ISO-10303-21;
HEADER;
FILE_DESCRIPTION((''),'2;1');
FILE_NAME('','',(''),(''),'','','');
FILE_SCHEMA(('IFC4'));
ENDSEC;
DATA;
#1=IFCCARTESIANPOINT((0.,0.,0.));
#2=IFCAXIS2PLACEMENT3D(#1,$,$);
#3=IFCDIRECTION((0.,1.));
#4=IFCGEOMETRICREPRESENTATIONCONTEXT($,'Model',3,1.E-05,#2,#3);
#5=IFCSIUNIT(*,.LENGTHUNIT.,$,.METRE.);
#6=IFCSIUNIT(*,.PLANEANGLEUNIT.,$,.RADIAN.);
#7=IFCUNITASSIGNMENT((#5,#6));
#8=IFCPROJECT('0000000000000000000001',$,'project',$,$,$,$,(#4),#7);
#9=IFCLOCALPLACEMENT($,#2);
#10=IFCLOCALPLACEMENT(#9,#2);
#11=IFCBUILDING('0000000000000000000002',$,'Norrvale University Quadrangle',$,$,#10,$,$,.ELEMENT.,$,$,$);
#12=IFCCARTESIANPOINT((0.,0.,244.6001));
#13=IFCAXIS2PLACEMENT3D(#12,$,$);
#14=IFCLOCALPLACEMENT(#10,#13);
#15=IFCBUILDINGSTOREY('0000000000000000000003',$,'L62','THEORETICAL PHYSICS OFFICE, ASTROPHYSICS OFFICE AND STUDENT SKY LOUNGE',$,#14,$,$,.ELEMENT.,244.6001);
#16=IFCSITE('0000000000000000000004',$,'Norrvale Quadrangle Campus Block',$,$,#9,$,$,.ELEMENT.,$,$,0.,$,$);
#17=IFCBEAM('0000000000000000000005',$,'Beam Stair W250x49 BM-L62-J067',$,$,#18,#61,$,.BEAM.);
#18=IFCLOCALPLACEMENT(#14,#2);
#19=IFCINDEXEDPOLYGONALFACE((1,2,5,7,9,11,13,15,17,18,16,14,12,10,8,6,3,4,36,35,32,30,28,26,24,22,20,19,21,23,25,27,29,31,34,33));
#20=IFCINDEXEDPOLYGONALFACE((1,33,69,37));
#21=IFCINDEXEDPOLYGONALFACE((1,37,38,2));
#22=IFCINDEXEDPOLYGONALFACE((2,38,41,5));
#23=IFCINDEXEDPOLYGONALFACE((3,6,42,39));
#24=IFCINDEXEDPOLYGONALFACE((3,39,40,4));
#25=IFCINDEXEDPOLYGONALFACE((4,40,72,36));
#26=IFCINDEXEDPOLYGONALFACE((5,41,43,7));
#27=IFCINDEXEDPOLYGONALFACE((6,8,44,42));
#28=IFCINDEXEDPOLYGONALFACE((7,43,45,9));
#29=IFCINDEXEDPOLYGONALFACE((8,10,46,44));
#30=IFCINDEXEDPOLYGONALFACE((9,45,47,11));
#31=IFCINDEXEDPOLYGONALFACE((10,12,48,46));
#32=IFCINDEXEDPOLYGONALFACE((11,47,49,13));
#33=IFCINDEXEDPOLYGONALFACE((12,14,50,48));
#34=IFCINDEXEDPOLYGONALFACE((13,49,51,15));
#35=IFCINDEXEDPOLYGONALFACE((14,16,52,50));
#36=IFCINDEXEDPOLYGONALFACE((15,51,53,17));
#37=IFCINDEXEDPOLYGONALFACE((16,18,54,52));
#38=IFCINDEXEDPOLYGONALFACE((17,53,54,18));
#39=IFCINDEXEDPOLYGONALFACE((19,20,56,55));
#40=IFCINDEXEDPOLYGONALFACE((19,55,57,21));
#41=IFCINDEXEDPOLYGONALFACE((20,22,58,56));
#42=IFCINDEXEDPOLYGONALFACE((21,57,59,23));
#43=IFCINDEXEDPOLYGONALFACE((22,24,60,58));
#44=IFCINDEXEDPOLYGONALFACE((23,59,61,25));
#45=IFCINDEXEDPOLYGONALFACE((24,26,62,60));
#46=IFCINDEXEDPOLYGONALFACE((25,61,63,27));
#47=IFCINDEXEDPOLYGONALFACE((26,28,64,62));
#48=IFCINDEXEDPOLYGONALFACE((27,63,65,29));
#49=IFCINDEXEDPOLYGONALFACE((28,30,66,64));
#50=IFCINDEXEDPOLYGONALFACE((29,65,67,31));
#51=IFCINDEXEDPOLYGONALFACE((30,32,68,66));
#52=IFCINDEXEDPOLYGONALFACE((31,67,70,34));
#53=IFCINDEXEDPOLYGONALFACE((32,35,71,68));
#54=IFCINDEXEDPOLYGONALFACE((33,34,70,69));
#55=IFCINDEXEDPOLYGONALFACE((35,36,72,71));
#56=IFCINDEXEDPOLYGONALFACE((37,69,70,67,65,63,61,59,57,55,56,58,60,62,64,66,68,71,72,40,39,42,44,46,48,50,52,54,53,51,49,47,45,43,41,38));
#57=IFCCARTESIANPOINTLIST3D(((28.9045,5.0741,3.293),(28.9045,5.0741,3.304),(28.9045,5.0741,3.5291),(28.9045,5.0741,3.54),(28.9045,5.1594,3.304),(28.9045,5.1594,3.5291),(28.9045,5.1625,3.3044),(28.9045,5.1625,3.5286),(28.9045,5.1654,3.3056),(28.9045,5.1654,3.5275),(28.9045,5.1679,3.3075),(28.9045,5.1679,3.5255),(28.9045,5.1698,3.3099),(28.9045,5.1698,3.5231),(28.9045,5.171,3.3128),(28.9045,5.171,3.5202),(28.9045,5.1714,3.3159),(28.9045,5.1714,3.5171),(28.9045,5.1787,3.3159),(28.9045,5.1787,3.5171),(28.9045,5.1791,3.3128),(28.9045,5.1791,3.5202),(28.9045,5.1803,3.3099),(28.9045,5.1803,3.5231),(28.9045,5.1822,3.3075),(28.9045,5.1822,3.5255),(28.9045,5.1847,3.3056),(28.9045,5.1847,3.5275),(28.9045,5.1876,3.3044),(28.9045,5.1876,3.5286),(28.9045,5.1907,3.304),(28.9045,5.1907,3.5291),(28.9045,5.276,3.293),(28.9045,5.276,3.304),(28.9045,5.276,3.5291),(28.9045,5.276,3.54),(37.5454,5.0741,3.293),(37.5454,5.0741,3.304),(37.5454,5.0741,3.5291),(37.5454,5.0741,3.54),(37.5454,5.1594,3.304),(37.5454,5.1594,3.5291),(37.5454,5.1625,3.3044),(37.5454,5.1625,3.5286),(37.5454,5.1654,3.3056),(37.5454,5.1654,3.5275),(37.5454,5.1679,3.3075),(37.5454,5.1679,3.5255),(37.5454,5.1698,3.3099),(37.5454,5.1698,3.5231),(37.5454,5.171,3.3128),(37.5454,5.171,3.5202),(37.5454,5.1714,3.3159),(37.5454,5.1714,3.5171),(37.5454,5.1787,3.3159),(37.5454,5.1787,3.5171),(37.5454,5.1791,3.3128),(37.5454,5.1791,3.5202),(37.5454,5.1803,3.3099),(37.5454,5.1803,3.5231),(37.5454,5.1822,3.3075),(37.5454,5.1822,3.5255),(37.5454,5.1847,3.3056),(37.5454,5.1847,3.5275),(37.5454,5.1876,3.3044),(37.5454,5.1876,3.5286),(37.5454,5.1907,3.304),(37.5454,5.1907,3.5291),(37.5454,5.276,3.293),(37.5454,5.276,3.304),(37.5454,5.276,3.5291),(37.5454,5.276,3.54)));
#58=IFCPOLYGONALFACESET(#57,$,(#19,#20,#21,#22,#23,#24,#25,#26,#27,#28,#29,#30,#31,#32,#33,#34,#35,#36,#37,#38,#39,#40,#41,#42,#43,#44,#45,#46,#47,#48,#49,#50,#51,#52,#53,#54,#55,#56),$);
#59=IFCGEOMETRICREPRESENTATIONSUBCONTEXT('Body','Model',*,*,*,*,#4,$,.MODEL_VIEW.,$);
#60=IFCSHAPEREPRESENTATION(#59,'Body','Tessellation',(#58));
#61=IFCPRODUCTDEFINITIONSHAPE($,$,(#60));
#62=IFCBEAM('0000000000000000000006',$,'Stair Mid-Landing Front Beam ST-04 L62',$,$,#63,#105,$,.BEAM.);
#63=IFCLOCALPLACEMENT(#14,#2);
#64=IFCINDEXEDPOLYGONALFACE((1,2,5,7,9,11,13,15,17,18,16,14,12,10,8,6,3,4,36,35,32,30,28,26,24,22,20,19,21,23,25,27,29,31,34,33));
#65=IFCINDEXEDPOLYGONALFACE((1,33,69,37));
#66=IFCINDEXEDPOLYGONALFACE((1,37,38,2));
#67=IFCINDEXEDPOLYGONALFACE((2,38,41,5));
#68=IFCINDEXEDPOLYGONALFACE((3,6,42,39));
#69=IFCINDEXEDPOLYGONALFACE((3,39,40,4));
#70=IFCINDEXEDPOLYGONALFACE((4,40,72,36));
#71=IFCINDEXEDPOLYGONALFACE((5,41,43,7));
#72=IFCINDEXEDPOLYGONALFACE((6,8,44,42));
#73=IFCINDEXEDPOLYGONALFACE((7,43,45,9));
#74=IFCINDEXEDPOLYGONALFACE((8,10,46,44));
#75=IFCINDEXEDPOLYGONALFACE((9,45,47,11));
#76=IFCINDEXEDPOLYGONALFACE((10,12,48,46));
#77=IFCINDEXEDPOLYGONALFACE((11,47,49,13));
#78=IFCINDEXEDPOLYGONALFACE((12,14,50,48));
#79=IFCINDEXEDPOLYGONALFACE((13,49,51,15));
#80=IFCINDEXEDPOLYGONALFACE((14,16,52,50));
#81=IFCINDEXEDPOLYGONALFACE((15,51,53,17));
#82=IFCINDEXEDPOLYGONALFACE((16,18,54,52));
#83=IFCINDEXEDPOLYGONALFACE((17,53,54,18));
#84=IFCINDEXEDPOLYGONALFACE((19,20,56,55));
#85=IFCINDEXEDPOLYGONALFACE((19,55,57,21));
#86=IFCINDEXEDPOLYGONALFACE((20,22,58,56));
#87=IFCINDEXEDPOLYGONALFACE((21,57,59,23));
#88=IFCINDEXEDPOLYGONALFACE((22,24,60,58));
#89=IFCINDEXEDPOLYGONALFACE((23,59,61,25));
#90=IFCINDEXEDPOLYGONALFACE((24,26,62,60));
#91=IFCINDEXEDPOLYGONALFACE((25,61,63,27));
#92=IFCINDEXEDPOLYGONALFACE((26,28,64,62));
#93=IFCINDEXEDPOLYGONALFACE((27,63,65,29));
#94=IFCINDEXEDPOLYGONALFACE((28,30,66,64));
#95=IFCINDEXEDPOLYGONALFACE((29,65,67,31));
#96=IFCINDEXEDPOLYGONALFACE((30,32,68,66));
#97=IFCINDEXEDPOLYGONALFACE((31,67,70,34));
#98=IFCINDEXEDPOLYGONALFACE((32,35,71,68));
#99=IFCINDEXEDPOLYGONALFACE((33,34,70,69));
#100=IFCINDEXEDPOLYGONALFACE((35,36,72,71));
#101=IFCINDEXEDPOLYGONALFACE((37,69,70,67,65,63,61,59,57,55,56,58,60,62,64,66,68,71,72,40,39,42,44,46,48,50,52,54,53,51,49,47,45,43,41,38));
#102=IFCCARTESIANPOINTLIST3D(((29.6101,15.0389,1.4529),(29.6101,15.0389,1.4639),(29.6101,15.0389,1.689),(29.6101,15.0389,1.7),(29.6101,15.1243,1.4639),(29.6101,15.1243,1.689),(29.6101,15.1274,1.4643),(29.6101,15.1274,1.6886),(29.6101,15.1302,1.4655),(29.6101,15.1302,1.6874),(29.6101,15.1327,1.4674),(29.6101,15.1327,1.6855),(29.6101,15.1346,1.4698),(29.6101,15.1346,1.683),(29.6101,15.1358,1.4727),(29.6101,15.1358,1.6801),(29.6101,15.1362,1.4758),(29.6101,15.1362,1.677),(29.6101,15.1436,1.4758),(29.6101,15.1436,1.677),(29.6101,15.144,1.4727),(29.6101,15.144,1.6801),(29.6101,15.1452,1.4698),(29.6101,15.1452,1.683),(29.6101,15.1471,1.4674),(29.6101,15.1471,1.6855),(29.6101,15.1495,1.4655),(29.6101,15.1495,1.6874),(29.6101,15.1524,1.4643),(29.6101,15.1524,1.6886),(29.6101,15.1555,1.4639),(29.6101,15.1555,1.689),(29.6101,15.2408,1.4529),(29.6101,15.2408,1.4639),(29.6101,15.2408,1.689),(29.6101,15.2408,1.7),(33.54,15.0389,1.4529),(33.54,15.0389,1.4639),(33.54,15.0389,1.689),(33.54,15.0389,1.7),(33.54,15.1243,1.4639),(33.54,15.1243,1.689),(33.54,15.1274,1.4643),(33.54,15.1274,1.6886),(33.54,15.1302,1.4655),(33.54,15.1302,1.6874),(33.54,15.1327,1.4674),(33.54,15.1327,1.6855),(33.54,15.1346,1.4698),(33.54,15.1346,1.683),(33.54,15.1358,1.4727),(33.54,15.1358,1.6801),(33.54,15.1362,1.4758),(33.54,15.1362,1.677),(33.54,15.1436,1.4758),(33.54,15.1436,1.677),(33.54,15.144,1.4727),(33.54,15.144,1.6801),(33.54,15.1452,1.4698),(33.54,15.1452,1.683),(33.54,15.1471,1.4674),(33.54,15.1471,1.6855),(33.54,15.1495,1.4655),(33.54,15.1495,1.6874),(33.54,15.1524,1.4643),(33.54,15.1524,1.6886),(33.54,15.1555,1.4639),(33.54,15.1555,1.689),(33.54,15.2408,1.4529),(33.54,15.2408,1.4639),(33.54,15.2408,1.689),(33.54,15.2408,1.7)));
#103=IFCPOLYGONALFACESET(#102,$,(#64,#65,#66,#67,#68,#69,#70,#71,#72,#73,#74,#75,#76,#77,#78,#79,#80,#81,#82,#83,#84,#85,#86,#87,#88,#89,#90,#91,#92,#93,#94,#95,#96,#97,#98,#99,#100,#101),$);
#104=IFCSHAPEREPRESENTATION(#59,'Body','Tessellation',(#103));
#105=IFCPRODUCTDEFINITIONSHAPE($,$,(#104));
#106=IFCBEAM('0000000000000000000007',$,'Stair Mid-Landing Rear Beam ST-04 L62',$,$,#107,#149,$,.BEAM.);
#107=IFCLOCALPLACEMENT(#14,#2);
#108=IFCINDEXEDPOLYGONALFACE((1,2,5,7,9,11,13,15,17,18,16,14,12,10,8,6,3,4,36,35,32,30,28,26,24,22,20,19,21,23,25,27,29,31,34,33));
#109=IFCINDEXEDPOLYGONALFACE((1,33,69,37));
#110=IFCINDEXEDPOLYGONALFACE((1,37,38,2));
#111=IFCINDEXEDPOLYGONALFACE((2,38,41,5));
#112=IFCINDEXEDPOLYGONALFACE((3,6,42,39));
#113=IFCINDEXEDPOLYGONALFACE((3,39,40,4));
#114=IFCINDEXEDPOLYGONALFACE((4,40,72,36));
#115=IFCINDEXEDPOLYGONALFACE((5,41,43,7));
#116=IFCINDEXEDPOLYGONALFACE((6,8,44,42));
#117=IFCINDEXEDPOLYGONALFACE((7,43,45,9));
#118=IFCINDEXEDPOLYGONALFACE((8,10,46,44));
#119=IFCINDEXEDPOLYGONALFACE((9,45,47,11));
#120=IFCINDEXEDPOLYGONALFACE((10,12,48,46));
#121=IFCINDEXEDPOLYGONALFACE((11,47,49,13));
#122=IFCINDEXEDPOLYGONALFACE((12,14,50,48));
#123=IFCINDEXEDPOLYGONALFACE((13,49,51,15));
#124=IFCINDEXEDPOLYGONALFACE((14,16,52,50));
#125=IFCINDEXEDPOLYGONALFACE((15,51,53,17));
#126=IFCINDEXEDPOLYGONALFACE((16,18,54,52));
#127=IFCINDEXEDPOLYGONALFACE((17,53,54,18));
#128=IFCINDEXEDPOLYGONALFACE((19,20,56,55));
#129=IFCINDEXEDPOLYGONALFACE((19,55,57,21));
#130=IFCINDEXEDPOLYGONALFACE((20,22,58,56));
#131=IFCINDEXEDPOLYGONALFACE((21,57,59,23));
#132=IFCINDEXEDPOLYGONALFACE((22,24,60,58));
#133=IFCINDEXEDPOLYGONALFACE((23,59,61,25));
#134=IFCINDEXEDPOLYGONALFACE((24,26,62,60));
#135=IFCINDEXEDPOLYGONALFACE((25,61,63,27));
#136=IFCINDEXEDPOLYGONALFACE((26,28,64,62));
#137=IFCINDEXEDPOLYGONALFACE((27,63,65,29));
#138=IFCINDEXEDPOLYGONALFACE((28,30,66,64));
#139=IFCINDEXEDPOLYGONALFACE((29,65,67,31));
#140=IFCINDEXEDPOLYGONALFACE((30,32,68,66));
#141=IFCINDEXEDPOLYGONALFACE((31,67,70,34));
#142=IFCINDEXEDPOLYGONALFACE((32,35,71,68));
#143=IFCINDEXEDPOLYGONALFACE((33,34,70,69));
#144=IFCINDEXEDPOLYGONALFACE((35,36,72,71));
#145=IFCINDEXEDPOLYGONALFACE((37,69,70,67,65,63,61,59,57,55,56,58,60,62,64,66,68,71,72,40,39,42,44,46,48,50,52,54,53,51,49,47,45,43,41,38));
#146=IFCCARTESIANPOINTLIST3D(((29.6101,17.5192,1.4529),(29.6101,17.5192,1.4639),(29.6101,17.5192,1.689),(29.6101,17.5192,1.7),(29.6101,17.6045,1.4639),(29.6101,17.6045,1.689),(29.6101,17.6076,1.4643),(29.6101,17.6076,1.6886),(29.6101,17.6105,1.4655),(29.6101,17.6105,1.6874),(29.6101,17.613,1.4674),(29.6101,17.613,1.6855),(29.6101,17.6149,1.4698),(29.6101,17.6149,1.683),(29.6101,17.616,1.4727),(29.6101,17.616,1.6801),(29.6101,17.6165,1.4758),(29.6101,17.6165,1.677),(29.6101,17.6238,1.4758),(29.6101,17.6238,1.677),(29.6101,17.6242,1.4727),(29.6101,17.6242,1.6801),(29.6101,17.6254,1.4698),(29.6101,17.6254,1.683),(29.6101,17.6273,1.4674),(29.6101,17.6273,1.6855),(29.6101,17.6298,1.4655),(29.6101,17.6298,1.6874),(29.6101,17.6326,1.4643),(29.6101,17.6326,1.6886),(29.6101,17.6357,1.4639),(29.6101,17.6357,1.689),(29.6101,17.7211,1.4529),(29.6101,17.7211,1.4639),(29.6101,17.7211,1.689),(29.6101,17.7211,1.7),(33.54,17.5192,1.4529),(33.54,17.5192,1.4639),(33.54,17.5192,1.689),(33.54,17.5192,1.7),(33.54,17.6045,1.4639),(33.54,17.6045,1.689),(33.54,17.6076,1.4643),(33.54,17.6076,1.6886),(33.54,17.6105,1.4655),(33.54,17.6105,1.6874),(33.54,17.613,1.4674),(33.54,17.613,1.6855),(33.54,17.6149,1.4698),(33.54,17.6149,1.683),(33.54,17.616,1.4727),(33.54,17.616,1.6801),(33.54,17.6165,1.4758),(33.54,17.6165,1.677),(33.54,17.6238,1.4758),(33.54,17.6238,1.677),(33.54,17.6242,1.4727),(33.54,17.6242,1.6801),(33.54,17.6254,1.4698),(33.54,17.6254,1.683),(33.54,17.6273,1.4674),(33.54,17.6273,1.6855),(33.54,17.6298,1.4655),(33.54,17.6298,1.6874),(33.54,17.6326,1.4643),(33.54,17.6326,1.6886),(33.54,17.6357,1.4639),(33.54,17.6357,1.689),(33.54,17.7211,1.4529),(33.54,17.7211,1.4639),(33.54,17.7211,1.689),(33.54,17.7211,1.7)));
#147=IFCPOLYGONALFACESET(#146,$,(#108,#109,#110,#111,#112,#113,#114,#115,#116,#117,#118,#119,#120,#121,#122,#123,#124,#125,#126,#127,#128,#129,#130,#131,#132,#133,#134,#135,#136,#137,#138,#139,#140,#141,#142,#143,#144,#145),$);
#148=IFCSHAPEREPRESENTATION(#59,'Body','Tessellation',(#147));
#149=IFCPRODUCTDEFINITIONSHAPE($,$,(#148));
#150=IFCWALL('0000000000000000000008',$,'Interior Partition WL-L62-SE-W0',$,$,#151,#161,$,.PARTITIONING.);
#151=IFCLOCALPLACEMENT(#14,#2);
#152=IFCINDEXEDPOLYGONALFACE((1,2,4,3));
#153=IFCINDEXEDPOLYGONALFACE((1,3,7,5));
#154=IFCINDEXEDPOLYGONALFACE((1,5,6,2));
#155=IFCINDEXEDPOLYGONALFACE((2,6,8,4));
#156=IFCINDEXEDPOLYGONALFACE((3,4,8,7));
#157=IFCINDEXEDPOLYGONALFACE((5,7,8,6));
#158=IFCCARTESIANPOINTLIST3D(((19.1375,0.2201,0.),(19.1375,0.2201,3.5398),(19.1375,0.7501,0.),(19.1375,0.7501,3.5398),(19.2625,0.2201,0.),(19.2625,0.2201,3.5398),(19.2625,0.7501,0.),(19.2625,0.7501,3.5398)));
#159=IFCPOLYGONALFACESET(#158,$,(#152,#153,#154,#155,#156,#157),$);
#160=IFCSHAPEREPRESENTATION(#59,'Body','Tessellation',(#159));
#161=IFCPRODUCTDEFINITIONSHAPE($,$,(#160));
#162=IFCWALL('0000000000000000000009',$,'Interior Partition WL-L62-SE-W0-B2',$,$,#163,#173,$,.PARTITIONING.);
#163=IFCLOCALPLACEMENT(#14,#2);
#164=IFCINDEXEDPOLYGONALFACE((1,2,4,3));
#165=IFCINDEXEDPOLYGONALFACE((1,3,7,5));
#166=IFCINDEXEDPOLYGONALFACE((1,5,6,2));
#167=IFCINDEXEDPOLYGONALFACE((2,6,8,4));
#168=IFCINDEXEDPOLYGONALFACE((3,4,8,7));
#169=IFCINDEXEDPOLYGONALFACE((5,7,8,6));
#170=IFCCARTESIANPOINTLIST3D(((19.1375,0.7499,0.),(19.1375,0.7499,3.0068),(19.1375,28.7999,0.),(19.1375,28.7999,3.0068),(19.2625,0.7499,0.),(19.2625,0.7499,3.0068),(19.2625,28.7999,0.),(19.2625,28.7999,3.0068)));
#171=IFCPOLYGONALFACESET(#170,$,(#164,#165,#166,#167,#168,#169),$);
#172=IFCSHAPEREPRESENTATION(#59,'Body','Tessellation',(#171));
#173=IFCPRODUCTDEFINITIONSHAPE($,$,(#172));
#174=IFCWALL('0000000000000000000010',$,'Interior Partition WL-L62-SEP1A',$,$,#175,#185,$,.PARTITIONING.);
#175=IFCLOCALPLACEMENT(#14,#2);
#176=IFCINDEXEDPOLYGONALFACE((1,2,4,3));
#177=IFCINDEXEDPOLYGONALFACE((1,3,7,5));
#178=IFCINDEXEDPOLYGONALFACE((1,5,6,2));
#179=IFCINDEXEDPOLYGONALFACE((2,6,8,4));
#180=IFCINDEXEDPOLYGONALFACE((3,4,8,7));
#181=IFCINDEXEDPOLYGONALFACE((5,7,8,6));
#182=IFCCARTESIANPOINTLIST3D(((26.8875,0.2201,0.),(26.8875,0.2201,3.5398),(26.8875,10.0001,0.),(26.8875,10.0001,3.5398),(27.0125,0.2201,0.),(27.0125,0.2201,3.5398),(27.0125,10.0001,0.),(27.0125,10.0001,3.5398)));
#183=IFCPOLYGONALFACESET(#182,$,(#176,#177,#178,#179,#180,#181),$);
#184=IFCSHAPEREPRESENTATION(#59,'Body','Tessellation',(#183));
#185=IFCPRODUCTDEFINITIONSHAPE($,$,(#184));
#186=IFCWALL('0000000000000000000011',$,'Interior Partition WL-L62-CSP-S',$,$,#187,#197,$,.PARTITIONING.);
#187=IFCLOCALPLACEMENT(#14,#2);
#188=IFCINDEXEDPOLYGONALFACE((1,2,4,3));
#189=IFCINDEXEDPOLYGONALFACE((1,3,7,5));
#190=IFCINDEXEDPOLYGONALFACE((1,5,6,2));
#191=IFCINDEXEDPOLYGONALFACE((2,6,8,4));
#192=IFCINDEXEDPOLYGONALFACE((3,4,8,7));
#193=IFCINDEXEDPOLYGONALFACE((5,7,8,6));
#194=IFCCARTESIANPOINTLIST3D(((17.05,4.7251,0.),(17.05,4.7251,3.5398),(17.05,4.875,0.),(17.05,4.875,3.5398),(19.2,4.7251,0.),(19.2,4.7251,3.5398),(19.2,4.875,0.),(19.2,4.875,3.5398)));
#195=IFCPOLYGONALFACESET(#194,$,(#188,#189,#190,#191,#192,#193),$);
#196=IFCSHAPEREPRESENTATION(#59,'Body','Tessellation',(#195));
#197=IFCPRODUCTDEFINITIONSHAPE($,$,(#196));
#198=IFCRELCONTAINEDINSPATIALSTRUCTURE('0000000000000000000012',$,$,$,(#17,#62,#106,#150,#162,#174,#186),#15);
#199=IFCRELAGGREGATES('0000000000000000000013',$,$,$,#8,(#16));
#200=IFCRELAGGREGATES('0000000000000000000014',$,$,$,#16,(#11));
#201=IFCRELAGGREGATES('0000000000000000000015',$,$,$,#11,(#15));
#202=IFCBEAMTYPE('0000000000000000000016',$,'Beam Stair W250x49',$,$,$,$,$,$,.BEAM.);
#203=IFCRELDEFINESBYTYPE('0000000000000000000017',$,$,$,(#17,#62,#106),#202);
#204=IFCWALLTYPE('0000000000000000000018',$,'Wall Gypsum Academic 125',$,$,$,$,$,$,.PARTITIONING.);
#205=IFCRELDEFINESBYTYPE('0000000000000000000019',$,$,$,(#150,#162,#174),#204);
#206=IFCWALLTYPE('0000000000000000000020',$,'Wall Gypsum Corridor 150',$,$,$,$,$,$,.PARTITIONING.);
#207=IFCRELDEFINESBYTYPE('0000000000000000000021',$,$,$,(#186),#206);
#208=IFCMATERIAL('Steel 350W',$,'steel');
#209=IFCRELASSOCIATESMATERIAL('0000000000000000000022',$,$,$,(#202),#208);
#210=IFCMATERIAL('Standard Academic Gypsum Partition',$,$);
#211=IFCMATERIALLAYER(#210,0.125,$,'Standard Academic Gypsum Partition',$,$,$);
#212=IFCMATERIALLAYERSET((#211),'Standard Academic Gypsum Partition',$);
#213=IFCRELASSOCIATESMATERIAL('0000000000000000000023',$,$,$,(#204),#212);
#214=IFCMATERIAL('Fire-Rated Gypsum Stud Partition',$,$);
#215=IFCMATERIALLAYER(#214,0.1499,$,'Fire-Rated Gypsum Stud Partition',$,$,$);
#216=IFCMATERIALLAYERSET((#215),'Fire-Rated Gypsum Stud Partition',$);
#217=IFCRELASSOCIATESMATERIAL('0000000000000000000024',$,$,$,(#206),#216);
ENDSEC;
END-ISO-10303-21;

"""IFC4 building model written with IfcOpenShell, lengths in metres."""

from ifc_helpers import new_model, si_unit, direction, frame, frame_2d, origin, origin_2d, place, context, subcontext, project, spatial, rectangle, i_section, extrude, material, layer, layer_set, material_profile, profile_set, type_object, element, save


model = new_model("IFC4")

# Units and contexts
model_context = context("Model", 3, precision=1e-05, world=origin(), true_north=direction((0.0, 1.0)))
body_context = subcontext(model_context, "Body", "Model", "MODEL_VIEW")
ifc_project = project(units=[si_unit("LENGTHUNIT", "METRE"), si_unit("PLANEANGLEUNIT", "RADIAN")], contexts=[model_context])

# Site, building, storey
site_placement = place(None, origin())
site = spatial("IfcSite", under=ifc_project, at=site_placement, Name="Norrvale Quadrangle Campus Block", CompositionType="ELEMENT", RefElevation=0.0)
building_placement = place(site_placement, origin())
building = spatial("IfcBuilding", under=site, at=building_placement, Name="Norrvale University Quadrangle", CompositionType="ELEMENT")
storey_placement = place(building_placement, frame((0.0, 0.0, 244.6001)))
storey = spatial("IfcBuildingStorey", under=building, at=storey_placement, Name="L62", Description="THEORETICAL PHYSICS OFFICE, ASTROPHYSICS OFFICE AND STUDENT SKY LOUNGE", CompositionType="ELEMENT", Elevation=244.6001)

# Beams
ifc_material_1 = material(Name="Steel 350W", Category="steel")
ifc_material_profile_1 = material_profile(ifc_material_1, i_section(OverallWidth=0.2019, OverallDepth=0.2471, WebThickness=0.0073, FlangeThickness=0.011, FilletRadius=0.012, at=origin_2d()), Name="Steel 350W")
ifc_profile_set_1 = profile_set([ifc_material_profile_1], Name="Steel 350W")
beam_type_1 = type_object("IfcBeamType", Name="Beam Stair W250x49", PredefinedType="BEAM", material=ifc_profile_set_1)
beam_1_placement = place(storey_placement, frame((28.9045, 5.175, 3.4165), z_axis=(1.0, 0.0, 0.0), x_axis=(0.0, 1.0, 0.0)))
element("IfcBeam", 1, at=beam_1_placement, inside=storey, type_object=beam_type_1, Name="Beam Stair W250x49 BM-L62-J067", PredefinedType="BEAM", context=body_context, shape_type="SweptSolid", body=[
    extrude(i_section(OverallWidth=0.2019, OverallDepth=0.2471, WebThickness=0.0073, FlangeThickness=0.011, FilletRadius=0.012, at=origin_2d()), origin(), (0.0, 0.0, 1.0), 8.6409),
])
for number, where, z_axis, x_axis, name in (
    (2, (29.6101, 15.1399, 1.5764), (1.0, 0.0, 0.0), (0.0, 1.0, 0.0), "Stair Mid-Landing Front Beam ST-04 L62"),
    (3, (29.6101, 17.6201, 1.5764), (1.0, 0.0, 0.0), (0.0, 1.0, 0.0), "Stair Mid-Landing Rear Beam ST-04 L62"),
):
    element("IfcBeam", number, at=place(storey_placement, frame(where, z_axis=z_axis, x_axis=x_axis)), inside=storey, type_object=beam_type_1, Name=name, PredefinedType="BEAM", context=body_context, shape_type="SweptSolid", body=[
        extrude(i_section(OverallWidth=0.2019, OverallDepth=0.2471, WebThickness=0.0073, FlangeThickness=0.011, FilletRadius=0.012, at=origin_2d()), origin(), (0.0, 0.0, 1.0), 3.9299),
    ])

# Walls
ifc_material_2 = material(Name="Standard Academic Gypsum Partition")
ifc_layer_1 = layer(ifc_material_2, 0.125, Name="Standard Academic Gypsum Partition")
ifc_layer_set_1 = layer_set([ifc_layer_1], Name="Standard Academic Gypsum Partition")
wall_type_1 = type_object("IfcWallType", Name="Wall Gypsum Academic 125", PredefinedType="PARTITIONING", material=ifc_layer_set_1)
wall_1_placement = place(storey_placement, frame((19.2, 0.22, 0.0), z_axis=(0.0, 0.0, 1.0), x_axis=(0.0, 1.0, 0.0)))
element("IfcWall", 4, at=wall_1_placement, inside=storey, type_object=wall_type_1, Name="Interior Partition WL-L62-SE-W0", PredefinedType="PARTITIONING", context=body_context, shape_type="SweptSolid", body=[
    extrude(rectangle(XDim=0.53, YDim=0.125, at=frame_2d((0.2651, 0.0))), origin(), (0.0, 0.0, 1.0), 3.5398),
])
wall_2_placement = place(storey_placement, frame((19.2, 0.75, 0.0), z_axis=(0.0, 0.0, 1.0), x_axis=(0.0, 1.0, 0.0)))
element("IfcWall", 5, at=wall_2_placement, inside=storey, type_object=wall_type_1, Name="Interior Partition WL-L62-SE-W0-B2", PredefinedType="PARTITIONING", context=body_context, shape_type="SweptSolid", body=[
    extrude(rectangle(XDim=28.05, YDim=0.125, at=frame_2d((14.0249, 0.0))), origin(), (0.0, 0.0, 1.0), 3.0068),
])
wall_3_placement = place(storey_placement, frame((26.95, 0.22, 0.0), z_axis=(0.0, 0.0, 1.0), x_axis=(0.0, 1.0, 0.0)))
element("IfcWall", 6, at=wall_3_placement, inside=storey, type_object=wall_type_1, Name="Interior Partition WL-L62-SEP1A", PredefinedType="PARTITIONING", context=body_context, shape_type="SweptSolid", body=[
    extrude(rectangle(XDim=9.78, YDim=0.125, at=frame_2d((4.8901, 0.0))), origin(), (0.0, 0.0, 1.0), 3.5398),
])
ifc_material_3 = material(Name="Fire-Rated Gypsum Stud Partition")
ifc_layer_2 = layer(ifc_material_3, 0.1499, Name="Fire-Rated Gypsum Stud Partition")
ifc_layer_set_2 = layer_set([ifc_layer_2], Name="Fire-Rated Gypsum Stud Partition")
wall_type_2 = type_object("IfcWallType", Name="Wall Gypsum Corridor 150", PredefinedType="PARTITIONING", material=ifc_layer_set_2)
wall_4_placement = place(storey_placement, frame((17.05, 4.8, 0.0), z_axis=(0.0, 0.0, 1.0), x_axis=(1.0, 0.0, 0.0)))
element("IfcWall", 7, at=wall_4_placement, inside=storey, type_object=wall_type_2, Name="Interior Partition WL-L62-CSP-S", PredefinedType="PARTITIONING", context=body_context, shape_type="SweptSolid", body=[
    extrude(rectangle(XDim=2.1499, YDim=0.1499, at=frame_2d((1.075, 0.0))), origin(), (0.0, 0.0, 1.0), 3.5398),
])

save(model, "model.ifc")
